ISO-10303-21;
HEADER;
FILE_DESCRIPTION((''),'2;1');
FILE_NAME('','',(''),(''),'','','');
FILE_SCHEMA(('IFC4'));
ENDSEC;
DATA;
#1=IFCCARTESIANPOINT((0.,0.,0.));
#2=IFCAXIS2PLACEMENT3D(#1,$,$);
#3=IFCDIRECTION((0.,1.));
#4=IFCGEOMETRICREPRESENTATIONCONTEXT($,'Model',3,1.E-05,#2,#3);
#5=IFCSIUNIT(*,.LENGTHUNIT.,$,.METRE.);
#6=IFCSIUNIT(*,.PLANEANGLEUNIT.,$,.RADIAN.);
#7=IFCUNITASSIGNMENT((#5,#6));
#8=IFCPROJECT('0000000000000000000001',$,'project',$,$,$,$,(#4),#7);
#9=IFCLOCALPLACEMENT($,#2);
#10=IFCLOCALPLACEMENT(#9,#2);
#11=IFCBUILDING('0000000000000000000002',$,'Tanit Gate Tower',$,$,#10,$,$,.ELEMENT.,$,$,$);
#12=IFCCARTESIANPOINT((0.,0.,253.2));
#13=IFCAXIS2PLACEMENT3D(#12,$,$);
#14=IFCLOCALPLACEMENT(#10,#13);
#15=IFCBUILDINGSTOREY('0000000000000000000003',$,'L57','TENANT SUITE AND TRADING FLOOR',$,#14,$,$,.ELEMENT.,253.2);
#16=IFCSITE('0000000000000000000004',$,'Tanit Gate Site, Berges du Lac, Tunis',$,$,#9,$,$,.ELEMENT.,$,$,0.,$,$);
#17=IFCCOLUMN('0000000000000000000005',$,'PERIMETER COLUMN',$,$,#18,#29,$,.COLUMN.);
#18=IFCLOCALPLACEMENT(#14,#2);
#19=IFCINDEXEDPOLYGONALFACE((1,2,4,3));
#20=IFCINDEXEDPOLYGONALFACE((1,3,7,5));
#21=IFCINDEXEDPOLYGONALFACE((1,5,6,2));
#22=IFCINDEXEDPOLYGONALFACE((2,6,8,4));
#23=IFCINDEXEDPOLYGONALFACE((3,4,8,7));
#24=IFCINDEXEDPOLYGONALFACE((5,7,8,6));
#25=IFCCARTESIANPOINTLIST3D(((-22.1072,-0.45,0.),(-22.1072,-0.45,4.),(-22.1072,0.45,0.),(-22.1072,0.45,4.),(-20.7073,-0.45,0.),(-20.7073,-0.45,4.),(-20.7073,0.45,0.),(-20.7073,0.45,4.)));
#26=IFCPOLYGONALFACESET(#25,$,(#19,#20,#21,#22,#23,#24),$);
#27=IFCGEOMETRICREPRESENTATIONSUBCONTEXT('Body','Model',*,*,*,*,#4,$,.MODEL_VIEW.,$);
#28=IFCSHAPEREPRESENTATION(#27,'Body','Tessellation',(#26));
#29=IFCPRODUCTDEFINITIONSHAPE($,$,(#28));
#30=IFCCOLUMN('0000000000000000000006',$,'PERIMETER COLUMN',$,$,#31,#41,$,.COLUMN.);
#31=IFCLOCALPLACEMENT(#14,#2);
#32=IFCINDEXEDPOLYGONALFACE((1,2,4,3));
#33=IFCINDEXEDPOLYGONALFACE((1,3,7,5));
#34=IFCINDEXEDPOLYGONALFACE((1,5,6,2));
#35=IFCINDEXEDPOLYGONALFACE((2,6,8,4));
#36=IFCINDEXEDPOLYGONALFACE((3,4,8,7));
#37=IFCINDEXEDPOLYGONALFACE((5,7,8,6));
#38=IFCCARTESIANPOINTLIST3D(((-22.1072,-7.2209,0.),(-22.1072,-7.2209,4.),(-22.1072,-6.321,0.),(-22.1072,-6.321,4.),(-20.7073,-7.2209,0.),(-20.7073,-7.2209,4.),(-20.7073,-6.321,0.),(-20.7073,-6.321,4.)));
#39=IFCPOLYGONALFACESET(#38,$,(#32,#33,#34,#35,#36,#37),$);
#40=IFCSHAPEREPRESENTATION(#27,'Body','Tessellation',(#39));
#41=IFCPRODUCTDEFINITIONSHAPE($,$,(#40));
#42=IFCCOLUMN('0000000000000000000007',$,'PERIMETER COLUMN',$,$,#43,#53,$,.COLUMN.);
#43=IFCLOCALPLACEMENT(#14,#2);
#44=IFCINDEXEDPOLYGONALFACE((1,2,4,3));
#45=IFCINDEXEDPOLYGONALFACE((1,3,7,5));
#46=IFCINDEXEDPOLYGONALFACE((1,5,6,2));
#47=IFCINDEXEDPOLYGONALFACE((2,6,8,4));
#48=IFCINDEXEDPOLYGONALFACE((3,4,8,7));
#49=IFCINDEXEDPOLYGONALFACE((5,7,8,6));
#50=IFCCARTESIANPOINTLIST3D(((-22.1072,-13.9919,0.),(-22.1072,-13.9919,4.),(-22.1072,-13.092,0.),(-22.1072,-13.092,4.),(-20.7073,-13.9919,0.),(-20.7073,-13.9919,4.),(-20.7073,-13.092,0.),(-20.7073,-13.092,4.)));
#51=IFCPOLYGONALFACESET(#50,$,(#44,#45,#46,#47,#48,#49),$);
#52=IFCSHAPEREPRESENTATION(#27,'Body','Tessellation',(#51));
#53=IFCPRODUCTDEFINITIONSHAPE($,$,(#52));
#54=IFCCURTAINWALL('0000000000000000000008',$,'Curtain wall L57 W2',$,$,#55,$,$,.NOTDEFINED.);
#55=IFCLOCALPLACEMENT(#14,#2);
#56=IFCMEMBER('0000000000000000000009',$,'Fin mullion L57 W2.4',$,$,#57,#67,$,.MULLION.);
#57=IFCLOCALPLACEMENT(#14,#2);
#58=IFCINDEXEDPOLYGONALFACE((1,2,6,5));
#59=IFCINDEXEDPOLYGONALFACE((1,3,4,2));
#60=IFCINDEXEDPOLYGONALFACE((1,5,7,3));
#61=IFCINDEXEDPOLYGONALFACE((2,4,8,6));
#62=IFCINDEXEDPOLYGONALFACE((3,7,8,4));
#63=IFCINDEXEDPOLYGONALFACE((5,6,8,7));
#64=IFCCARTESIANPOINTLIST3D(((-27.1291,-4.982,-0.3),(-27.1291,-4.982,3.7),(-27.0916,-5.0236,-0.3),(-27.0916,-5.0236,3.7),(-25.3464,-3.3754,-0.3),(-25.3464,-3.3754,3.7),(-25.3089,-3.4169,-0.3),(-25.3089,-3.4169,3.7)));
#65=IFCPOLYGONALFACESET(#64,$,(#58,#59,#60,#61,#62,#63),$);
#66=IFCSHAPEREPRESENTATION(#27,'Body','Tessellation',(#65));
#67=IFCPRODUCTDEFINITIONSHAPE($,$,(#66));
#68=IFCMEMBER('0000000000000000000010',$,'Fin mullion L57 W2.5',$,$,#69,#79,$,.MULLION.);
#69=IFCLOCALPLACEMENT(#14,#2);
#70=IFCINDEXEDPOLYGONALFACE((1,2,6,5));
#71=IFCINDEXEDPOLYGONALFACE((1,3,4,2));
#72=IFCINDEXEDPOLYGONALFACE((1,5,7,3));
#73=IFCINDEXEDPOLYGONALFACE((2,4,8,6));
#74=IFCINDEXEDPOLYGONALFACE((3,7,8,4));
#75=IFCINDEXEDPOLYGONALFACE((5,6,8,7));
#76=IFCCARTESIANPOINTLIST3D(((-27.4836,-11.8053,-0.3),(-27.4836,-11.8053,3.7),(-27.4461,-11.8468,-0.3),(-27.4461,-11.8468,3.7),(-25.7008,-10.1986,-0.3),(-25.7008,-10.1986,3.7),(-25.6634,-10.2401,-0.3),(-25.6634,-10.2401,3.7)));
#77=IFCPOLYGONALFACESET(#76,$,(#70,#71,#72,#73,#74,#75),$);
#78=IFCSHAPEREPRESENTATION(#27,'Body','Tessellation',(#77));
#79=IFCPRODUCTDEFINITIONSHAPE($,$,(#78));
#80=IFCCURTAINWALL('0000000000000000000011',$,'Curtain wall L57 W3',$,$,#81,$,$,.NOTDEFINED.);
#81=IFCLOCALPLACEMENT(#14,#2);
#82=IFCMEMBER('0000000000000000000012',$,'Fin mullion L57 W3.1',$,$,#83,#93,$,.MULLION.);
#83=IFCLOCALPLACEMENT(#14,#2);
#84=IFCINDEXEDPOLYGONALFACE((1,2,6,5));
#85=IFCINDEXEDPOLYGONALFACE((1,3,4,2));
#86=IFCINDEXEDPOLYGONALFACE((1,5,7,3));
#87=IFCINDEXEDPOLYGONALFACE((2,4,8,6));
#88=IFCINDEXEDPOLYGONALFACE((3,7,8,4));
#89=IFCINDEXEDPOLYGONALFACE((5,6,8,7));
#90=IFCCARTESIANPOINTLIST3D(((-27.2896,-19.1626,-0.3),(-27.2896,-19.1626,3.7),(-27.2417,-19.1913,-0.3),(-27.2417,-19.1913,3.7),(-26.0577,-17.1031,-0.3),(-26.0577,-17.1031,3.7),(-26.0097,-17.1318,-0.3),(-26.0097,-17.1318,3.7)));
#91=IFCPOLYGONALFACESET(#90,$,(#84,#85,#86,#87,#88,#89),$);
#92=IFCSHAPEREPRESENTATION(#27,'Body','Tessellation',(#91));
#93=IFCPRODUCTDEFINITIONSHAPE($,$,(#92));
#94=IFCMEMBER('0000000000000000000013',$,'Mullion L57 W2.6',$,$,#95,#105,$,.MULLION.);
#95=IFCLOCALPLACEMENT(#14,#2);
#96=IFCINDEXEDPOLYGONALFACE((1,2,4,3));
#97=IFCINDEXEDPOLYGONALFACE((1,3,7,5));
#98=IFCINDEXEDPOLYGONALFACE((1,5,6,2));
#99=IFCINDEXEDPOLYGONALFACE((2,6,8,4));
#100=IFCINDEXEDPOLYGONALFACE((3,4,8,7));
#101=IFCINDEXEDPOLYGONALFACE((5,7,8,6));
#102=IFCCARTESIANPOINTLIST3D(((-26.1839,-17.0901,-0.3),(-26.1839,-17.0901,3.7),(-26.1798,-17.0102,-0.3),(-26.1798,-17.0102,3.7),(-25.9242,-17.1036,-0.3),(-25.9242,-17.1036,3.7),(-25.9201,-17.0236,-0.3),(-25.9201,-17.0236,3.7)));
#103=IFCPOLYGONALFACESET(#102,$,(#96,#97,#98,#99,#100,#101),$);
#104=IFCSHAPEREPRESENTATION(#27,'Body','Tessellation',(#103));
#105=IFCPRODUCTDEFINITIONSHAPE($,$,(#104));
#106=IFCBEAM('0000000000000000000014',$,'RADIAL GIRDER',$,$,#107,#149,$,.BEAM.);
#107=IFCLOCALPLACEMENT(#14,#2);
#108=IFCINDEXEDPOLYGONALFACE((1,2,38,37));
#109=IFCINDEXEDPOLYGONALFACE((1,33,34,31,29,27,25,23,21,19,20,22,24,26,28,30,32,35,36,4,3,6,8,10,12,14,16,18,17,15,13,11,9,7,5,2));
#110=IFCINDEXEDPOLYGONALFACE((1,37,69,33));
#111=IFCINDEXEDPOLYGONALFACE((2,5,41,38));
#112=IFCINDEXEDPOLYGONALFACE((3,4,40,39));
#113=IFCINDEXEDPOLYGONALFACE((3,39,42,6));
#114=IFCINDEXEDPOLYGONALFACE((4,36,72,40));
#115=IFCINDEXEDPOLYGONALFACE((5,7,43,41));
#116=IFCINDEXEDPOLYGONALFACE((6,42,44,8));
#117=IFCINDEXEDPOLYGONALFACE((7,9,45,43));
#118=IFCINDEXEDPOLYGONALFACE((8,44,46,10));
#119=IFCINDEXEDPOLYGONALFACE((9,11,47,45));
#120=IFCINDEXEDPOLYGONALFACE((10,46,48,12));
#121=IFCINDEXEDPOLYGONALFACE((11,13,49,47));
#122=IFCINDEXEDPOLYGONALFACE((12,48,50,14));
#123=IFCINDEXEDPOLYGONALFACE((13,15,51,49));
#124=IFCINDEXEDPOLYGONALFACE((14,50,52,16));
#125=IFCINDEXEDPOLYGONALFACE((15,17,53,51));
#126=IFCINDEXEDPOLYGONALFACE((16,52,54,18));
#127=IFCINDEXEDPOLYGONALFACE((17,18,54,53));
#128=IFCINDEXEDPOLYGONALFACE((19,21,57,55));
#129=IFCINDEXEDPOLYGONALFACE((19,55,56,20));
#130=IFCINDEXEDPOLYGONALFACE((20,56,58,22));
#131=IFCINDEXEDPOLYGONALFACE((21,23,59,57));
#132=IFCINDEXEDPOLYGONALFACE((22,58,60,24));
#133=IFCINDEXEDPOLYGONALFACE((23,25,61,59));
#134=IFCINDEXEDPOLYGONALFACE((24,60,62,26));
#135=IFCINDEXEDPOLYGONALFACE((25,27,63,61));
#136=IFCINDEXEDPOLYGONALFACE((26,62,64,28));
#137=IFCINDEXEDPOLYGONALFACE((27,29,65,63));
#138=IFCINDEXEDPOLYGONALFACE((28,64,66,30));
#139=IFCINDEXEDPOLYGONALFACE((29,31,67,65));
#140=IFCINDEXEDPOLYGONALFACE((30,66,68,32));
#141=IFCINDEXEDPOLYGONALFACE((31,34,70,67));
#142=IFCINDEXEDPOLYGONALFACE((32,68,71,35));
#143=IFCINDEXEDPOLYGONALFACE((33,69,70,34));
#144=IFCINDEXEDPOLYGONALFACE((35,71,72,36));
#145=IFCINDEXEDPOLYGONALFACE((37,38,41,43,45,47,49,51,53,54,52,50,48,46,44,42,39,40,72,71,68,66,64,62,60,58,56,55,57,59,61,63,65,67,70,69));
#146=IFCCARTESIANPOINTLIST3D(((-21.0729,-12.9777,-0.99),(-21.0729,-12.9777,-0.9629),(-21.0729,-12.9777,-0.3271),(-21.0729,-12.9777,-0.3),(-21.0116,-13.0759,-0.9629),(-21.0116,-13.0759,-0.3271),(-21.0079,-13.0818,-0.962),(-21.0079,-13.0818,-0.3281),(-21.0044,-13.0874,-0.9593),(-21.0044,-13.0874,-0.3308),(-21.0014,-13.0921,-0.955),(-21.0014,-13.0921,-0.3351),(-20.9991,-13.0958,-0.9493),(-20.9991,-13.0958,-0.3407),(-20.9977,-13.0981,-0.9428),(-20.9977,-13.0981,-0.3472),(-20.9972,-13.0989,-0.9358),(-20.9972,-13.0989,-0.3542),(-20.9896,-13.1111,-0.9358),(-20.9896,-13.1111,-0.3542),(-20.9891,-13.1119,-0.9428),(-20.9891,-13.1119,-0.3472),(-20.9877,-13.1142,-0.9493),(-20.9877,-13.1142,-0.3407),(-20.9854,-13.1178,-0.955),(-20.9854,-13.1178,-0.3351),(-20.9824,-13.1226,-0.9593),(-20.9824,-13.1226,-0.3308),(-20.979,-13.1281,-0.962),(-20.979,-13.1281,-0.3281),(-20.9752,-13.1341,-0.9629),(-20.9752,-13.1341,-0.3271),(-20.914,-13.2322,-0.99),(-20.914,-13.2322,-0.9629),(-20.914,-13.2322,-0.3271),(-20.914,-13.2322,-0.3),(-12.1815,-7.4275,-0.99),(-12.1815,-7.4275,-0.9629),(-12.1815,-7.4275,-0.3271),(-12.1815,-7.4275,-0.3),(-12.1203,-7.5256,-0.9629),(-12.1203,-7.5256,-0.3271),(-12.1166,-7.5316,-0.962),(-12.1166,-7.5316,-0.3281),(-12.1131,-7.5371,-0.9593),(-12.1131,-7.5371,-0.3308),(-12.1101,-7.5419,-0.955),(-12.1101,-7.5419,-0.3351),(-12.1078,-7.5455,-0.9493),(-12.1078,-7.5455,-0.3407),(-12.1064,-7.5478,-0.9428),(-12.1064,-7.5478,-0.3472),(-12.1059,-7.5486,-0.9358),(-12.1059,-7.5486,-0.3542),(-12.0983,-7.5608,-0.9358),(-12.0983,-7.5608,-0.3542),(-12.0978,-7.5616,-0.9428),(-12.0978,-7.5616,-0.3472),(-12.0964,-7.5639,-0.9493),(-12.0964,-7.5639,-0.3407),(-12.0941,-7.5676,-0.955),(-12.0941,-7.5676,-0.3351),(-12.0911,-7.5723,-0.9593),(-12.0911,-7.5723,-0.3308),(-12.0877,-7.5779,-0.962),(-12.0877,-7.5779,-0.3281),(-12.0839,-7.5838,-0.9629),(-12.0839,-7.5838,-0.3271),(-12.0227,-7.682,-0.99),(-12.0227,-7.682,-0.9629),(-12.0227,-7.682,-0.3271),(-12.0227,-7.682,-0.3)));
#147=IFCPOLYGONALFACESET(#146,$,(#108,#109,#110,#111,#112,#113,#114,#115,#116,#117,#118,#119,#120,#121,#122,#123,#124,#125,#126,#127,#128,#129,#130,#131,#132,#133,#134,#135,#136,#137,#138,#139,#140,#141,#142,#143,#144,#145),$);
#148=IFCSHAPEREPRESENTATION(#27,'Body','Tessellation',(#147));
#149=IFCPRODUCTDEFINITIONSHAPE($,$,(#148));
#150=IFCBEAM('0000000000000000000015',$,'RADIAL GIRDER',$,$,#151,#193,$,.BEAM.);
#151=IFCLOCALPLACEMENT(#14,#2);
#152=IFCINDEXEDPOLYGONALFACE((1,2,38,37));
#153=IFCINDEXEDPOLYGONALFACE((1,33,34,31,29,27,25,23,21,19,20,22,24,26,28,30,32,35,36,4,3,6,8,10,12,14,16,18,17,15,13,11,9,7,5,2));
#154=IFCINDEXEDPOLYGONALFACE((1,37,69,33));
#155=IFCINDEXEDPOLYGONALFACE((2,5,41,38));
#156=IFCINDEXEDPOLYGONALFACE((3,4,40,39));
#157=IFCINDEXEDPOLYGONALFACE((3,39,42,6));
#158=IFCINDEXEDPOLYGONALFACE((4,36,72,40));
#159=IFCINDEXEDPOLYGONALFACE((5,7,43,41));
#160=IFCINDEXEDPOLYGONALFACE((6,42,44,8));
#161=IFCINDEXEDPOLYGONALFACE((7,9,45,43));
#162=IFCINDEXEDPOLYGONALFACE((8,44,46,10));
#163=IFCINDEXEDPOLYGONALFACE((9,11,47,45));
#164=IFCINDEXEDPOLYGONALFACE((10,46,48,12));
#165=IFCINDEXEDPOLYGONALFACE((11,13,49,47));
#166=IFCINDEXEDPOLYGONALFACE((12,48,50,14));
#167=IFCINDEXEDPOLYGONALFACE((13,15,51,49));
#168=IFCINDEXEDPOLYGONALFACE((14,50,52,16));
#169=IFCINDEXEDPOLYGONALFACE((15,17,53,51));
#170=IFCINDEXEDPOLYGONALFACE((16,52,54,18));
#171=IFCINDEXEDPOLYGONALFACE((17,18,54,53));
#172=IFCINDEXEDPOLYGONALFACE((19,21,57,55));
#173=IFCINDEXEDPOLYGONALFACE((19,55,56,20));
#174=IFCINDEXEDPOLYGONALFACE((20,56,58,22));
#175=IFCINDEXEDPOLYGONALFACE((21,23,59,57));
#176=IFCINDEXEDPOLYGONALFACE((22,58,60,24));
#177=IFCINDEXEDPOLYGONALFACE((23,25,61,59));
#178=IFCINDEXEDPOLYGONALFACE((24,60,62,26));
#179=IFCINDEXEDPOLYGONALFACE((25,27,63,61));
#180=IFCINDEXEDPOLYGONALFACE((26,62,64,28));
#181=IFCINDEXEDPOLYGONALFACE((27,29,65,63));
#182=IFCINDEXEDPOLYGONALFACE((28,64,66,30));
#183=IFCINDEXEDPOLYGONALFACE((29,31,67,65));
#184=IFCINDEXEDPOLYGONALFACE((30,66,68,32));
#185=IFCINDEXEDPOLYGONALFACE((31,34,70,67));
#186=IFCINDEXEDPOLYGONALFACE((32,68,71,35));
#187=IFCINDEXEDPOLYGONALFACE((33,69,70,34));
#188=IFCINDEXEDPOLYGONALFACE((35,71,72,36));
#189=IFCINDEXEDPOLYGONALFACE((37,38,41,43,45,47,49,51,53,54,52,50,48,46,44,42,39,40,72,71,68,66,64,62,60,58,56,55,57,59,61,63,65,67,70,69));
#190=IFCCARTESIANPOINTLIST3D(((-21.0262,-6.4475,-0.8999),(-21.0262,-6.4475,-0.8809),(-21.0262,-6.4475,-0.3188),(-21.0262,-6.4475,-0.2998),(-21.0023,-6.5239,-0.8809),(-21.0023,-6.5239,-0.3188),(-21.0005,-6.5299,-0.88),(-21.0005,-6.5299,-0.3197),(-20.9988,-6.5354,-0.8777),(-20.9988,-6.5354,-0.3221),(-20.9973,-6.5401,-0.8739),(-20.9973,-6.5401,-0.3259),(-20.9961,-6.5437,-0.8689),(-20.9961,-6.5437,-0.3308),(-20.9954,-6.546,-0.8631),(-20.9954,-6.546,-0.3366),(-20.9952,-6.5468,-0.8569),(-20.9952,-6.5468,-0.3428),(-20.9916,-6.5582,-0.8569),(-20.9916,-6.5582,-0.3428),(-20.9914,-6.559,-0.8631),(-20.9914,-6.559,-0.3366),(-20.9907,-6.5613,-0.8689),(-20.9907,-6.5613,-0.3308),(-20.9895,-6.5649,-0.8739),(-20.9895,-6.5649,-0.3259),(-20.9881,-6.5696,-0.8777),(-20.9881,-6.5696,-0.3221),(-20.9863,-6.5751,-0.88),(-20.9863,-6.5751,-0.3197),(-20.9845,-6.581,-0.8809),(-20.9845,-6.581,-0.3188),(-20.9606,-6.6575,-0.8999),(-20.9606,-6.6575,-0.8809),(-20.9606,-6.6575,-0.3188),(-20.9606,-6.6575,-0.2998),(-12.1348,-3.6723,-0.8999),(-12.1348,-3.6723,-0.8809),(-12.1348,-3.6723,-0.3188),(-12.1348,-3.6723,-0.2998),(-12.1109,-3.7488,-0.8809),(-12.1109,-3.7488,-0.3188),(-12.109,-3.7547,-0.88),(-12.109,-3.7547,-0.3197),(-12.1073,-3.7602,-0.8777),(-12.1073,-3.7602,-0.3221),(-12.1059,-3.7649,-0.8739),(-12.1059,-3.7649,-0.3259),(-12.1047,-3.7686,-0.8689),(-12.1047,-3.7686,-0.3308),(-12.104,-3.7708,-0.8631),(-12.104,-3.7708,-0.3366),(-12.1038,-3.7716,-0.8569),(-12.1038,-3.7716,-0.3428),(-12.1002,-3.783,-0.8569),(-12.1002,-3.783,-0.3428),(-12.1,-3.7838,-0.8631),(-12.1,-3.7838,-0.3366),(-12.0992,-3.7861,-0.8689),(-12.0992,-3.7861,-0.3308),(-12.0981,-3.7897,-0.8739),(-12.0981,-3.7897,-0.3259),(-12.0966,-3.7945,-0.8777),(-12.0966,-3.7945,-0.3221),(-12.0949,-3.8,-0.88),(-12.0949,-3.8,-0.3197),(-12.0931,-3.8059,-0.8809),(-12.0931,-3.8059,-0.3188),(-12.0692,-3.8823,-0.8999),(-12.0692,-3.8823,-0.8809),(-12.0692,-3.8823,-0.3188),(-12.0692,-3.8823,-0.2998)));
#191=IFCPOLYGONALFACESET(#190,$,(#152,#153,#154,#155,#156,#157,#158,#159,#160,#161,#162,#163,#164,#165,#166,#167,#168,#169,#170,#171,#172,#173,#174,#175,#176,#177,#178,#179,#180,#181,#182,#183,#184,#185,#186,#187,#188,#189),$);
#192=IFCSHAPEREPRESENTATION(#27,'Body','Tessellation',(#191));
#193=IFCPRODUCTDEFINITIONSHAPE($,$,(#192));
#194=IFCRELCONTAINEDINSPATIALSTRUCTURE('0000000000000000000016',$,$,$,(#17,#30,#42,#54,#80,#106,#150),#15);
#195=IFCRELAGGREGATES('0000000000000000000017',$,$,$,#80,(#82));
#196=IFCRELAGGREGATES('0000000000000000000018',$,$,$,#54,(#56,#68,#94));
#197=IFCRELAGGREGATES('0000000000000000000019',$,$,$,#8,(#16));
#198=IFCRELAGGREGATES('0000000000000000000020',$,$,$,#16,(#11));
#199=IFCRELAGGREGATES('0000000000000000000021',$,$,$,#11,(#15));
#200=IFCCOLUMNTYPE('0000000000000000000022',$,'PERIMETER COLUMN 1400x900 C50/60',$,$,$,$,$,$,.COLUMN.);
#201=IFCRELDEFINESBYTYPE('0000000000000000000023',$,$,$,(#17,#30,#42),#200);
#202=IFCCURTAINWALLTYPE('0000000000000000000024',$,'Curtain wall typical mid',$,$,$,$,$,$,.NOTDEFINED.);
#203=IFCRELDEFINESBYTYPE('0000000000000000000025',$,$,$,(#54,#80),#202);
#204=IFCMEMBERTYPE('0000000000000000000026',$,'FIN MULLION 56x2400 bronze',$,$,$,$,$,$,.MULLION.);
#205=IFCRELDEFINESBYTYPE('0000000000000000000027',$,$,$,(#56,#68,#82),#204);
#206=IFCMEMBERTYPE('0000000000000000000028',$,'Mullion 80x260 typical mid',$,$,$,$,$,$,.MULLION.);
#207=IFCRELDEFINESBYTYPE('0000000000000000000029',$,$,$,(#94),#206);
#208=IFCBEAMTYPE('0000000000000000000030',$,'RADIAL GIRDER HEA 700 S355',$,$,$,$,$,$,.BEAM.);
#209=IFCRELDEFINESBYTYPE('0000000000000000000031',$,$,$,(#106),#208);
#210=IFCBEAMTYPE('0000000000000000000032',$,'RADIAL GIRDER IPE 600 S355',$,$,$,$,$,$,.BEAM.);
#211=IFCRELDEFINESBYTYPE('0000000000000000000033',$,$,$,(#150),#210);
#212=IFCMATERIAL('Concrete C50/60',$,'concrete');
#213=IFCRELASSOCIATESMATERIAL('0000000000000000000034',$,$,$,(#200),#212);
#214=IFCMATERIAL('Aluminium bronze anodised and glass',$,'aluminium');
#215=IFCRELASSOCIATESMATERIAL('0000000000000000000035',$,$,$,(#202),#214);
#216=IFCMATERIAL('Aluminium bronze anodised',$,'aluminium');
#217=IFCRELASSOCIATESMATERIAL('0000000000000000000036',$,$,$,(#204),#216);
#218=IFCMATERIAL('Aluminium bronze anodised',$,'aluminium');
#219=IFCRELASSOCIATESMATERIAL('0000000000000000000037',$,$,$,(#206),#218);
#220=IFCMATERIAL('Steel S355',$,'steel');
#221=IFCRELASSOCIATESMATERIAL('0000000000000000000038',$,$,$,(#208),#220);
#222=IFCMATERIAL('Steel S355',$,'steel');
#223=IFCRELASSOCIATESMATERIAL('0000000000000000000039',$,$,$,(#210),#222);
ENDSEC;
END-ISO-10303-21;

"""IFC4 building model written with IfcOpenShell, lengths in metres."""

from ifc_helpers import new_model, si_unit, direction, frame, origin, origin_2d, place, context, subcontext, project, spatial, rectangle, i_section, extrude, material, material_profile, profile_set, type_object, element, aggregate, save


model = new_model("IFC4")

# Units and contexts
model_context = context("Model", 3, precision=1e-05, world=origin(), true_north=direction((0.0, 1.0)))
body_context = subcontext(model_context, "Body", "Model", "MODEL_VIEW")
ifc_project = project(units=[si_unit("LENGTHUNIT", "METRE"), si_unit("PLANEANGLEUNIT", "RADIAN")], contexts=[model_context])

# Site, building, storey
site_placement = place(None, origin())
site = spatial("IfcSite", under=ifc_project, at=site_placement, Name="Tanit Gate Site, Berges du Lac, Tunis", CompositionType="ELEMENT", RefElevation=0.0)
building_placement = place(site_placement, origin())
building = spatial("IfcBuilding", under=site, at=building_placement, Name="Tanit Gate Tower", CompositionType="ELEMENT")
storey_placement = place(building_placement, frame((0.0, 0.0, 253.2)))
storey = spatial("IfcBuildingStorey", under=building, at=storey_placement, Name="L57", Description="TENANT SUITE AND TRADING FLOOR", CompositionType="ELEMENT", Elevation=253.2)

# Columns
ifc_material_1 = material(Name="Concrete C50/60", Category="concrete")
ifc_material_profile_1 = material_profile(ifc_material_1, rectangle(XDim=1.3999, YDim=0.8999, at=origin_2d()), Name="RC 1400x900")
ifc_profile_set_1 = profile_set([ifc_material_profile_1], Name="Concrete C50/60")
column_type = type_object("IfcColumnType", Name="PERIMETER COLUMN 1400x900 C50/60", PredefinedType="COLUMN", material=ifc_profile_set_1)
for number, where, z_axis, x_axis, name in (
    (1, (-21.4072, 0.0, 0.0), (0.0, 0.0, 1.0), (-1.0, 0.0, 0.0), "PERIMETER COLUMN"),
    (2, (-21.4072, -6.771, 0.0), (0.0, 0.0, 1.0), (-1.0, 0.0, 0.0), "PERIMETER COLUMN"),
    (3, (-21.4072, -13.542, 0.0), (0.0, 0.0, 1.0), (-1.0, 0.0, 0.0), "PERIMETER COLUMN"),
):
    element("IfcColumn", number, at=place(storey_placement, frame(where, z_axis=z_axis, x_axis=x_axis)), inside=storey, type_object=column_type, Name=name, PredefinedType="COLUMN", context=body_context, shape_type="SweptSolid", body=[
        extrude(rectangle(XDim=1.3999, YDim=0.8999, at=origin_2d()), origin(), (0.0, 0.0, 1.0), 4.0),
    ])

# Curtain wall, members
ifc_material_2 = material(Name="Aluminium bronze anodised and glass", Category="aluminium")
curtain_wall_type = type_object("IfcCurtainWallType", Name="Curtain wall typical mid", PredefinedType="NOTDEFINED", material=ifc_material_2)
curtain_wall_1_placement = place(storey_placement, origin())
curtain_wall_1 = element("IfcCurtainWall", 4, at=curtain_wall_1_placement, inside=storey, type_object=curtain_wall_type, Name="Curtain wall L57 W2", PredefinedType="NOTDEFINED")
ifc_material_3 = material(Name="Aluminium bronze anodised", Category="aluminium")
ifc_material_profile_2 = material_profile(ifc_material_3, rectangle(XDim=2.3999, YDim=0.0559, at=origin_2d()), Name="56x2400 bronze fin mullion")
ifc_profile_set_2 = profile_set([ifc_material_profile_2], Name="Aluminium bronze anodised")
member_type_1 = type_object("IfcMemberType", Name="FIN MULLION 56x2400 bronze", PredefinedType="MULLION", material=ifc_profile_set_2)
member_1_placement = place(storey_placement, frame((-26.219, -4.1995, -0.3), z_axis=(0.0, 0.0, 1.0), x_axis=(0.742829, 0.669481, 0.0)))
member_1 = element("IfcMember", 5, at=member_1_placement, type_object=member_type_1, Name="Fin mullion L57 W2.4", PredefinedType="MULLION", context=body_context, shape_type="SweptSolid", body=[
    extrude(rectangle(XDim=2.3999, YDim=0.0559, at=origin_2d()), origin(), (0.0, 0.0, 1.0), 4.0),
])
member_2_placement = place(storey_placement, frame((-26.5735, -11.0227, -0.3), z_axis=(0.0, 0.0, 1.0), x_axis=(0.742829, 0.669481, 0.0)))
member_2 = element("IfcMember", 6, at=member_2_placement, type_object=member_type_1, Name="Fin mullion L57 W2.5", PredefinedType="MULLION", context=body_context, shape_type="SweptSolid", body=[
    extrude(rectangle(XDim=2.3999, YDim=0.0559, at=origin_2d()), origin(), (0.0, 0.0, 1.0), 4.0),
])

# Curtain wall, member
curtain_wall_2_placement = place(storey_placement, origin())
curtain_wall_2 = element("IfcCurtainWall", 7, at=curtain_wall_2_placement, inside=storey, type_object=curtain_wall_type, Name="Curtain wall L57 W3", PredefinedType="NOTDEFINED")
member_3_placement = place(storey_placement, frame((-26.6497, -18.1472, -0.3), z_axis=(0.0, 0.0, 1.0), x_axis=(0.513349, 0.85818, 0.0)))
member_3 = element("IfcMember", 8, at=member_3_placement, type_object=member_type_1, Name="Fin mullion L57 W3.1", PredefinedType="MULLION", context=body_context, shape_type="SweptSolid", body=[
    extrude(rectangle(XDim=2.3999, YDim=0.0559, at=origin_2d()), origin(), (0.0, 0.0, 1.0), 4.0),
])

# Member
ifc_material_4 = material(Name="Aluminium bronze anodised", Category="aluminium")
ifc_material_profile_3 = material_profile(ifc_material_4, rectangle(XDim=0.26, YDim=0.0801, at=origin_2d()), Name="80x260 bronze mullion")
ifc_profile_set_3 = profile_set([ifc_material_profile_3], Name="Aluminium bronze anodised")
member_type_2 = type_object("IfcMemberType", Name="Mullion 80x260 typical mid", PredefinedType="MULLION", material=ifc_profile_set_3)
member_4_placement = place(storey_placement, frame((-26.052, -17.0569, -0.3), z_axis=(0.0, 0.0, 1.0), x_axis=(0.998654, -0.051865, 0.0)))
member_4 = element("IfcMember", 9, at=member_4_placement, type_object=member_type_2, Name="Mullion L57 W2.6", PredefinedType="MULLION", context=body_context, shape_type="SweptSolid", body=[
    extrude(rectangle(XDim=0.26, YDim=0.0801, at=origin_2d()), origin(), (0.0, 0.0, 1.0), 4.0),
])

# Beams
ifc_material_5 = material(Name="Steel S355", Category="steel")
ifc_material_profile_4 = material_profile(ifc_material_5, i_section(OverallWidth=0.3, OverallDepth=0.6899, WebThickness=0.0144, FlangeThickness=0.0271, FilletRadius=0.0271, at=origin_2d()), Name="HEA 700")
ifc_profile_set_4 = profile_set([ifc_material_profile_4], Name="Steel S355")
beam_type_1 = type_object("IfcBeamType", Name="RADIAL GIRDER HEA 700 S355", PredefinedType="BEAM", material=ifc_profile_set_4)
beam_1_placement = place(storey_placement, frame((-20.9934, -13.105, -0.645), z_axis=(0.84829, 0.529532, 0.0), x_axis=(-0.529532, 0.84829, 0.0)))
element("IfcBeam", 10, at=beam_1_placement, inside=storey, type_object=beam_type_1, Name="RADIAL GIRDER", PredefinedType="BEAM", context=body_context, shape_type="SweptSolid", body=[
    extrude(i_section(OverallWidth=0.3, OverallDepth=0.6899, WebThickness=0.0144, FlangeThickness=0.0271, FilletRadius=0.0271, at=origin_2d()), origin(), (0.0, 0.0, 1.0), 10.4814),
])
ifc_material_6 = material(Name="Steel S355", Category="steel")
ifc_material_profile_5 = material_profile(ifc_material_6, i_section(OverallWidth=0.22, OverallDepth=0.6001, WebThickness=0.012, FlangeThickness=0.019, FilletRadius=0.0239, at=origin_2d()), Name="IPE 600")
ifc_profile_set_5 = profile_set([ifc_material_profile_5], Name="Steel S355")
beam_type_2 = type_object("IfcBeamType", Name="RADIAL GIRDER IPE 600 S355", PredefinedType="BEAM", material=ifc_profile_set_5)
beam_2_placement = place(storey_placement, frame((-20.9934, -6.5525, -0.5999), z_axis=(0.954584, 0.297942, 0.0), x_axis=(-0.297942, 0.954584, 0.0)))
element("IfcBeam", 11, at=beam_2_placement, inside=storey, type_object=beam_type_2, Name="RADIAL GIRDER", PredefinedType="BEAM", context=body_context, shape_type="SweptSolid", body=[
    extrude(i_section(OverallWidth=0.22, OverallDepth=0.6001, WebThickness=0.012, FlangeThickness=0.019, FilletRadius=0.0239, at=origin_2d()), origin(), (0.0, 0.0, 1.0), 9.3145),
])

aggregate(curtain_wall_2, [member_3])

aggregate(curtain_wall_1, [member_1, member_2, member_4])

save(model, "model.ifc")
